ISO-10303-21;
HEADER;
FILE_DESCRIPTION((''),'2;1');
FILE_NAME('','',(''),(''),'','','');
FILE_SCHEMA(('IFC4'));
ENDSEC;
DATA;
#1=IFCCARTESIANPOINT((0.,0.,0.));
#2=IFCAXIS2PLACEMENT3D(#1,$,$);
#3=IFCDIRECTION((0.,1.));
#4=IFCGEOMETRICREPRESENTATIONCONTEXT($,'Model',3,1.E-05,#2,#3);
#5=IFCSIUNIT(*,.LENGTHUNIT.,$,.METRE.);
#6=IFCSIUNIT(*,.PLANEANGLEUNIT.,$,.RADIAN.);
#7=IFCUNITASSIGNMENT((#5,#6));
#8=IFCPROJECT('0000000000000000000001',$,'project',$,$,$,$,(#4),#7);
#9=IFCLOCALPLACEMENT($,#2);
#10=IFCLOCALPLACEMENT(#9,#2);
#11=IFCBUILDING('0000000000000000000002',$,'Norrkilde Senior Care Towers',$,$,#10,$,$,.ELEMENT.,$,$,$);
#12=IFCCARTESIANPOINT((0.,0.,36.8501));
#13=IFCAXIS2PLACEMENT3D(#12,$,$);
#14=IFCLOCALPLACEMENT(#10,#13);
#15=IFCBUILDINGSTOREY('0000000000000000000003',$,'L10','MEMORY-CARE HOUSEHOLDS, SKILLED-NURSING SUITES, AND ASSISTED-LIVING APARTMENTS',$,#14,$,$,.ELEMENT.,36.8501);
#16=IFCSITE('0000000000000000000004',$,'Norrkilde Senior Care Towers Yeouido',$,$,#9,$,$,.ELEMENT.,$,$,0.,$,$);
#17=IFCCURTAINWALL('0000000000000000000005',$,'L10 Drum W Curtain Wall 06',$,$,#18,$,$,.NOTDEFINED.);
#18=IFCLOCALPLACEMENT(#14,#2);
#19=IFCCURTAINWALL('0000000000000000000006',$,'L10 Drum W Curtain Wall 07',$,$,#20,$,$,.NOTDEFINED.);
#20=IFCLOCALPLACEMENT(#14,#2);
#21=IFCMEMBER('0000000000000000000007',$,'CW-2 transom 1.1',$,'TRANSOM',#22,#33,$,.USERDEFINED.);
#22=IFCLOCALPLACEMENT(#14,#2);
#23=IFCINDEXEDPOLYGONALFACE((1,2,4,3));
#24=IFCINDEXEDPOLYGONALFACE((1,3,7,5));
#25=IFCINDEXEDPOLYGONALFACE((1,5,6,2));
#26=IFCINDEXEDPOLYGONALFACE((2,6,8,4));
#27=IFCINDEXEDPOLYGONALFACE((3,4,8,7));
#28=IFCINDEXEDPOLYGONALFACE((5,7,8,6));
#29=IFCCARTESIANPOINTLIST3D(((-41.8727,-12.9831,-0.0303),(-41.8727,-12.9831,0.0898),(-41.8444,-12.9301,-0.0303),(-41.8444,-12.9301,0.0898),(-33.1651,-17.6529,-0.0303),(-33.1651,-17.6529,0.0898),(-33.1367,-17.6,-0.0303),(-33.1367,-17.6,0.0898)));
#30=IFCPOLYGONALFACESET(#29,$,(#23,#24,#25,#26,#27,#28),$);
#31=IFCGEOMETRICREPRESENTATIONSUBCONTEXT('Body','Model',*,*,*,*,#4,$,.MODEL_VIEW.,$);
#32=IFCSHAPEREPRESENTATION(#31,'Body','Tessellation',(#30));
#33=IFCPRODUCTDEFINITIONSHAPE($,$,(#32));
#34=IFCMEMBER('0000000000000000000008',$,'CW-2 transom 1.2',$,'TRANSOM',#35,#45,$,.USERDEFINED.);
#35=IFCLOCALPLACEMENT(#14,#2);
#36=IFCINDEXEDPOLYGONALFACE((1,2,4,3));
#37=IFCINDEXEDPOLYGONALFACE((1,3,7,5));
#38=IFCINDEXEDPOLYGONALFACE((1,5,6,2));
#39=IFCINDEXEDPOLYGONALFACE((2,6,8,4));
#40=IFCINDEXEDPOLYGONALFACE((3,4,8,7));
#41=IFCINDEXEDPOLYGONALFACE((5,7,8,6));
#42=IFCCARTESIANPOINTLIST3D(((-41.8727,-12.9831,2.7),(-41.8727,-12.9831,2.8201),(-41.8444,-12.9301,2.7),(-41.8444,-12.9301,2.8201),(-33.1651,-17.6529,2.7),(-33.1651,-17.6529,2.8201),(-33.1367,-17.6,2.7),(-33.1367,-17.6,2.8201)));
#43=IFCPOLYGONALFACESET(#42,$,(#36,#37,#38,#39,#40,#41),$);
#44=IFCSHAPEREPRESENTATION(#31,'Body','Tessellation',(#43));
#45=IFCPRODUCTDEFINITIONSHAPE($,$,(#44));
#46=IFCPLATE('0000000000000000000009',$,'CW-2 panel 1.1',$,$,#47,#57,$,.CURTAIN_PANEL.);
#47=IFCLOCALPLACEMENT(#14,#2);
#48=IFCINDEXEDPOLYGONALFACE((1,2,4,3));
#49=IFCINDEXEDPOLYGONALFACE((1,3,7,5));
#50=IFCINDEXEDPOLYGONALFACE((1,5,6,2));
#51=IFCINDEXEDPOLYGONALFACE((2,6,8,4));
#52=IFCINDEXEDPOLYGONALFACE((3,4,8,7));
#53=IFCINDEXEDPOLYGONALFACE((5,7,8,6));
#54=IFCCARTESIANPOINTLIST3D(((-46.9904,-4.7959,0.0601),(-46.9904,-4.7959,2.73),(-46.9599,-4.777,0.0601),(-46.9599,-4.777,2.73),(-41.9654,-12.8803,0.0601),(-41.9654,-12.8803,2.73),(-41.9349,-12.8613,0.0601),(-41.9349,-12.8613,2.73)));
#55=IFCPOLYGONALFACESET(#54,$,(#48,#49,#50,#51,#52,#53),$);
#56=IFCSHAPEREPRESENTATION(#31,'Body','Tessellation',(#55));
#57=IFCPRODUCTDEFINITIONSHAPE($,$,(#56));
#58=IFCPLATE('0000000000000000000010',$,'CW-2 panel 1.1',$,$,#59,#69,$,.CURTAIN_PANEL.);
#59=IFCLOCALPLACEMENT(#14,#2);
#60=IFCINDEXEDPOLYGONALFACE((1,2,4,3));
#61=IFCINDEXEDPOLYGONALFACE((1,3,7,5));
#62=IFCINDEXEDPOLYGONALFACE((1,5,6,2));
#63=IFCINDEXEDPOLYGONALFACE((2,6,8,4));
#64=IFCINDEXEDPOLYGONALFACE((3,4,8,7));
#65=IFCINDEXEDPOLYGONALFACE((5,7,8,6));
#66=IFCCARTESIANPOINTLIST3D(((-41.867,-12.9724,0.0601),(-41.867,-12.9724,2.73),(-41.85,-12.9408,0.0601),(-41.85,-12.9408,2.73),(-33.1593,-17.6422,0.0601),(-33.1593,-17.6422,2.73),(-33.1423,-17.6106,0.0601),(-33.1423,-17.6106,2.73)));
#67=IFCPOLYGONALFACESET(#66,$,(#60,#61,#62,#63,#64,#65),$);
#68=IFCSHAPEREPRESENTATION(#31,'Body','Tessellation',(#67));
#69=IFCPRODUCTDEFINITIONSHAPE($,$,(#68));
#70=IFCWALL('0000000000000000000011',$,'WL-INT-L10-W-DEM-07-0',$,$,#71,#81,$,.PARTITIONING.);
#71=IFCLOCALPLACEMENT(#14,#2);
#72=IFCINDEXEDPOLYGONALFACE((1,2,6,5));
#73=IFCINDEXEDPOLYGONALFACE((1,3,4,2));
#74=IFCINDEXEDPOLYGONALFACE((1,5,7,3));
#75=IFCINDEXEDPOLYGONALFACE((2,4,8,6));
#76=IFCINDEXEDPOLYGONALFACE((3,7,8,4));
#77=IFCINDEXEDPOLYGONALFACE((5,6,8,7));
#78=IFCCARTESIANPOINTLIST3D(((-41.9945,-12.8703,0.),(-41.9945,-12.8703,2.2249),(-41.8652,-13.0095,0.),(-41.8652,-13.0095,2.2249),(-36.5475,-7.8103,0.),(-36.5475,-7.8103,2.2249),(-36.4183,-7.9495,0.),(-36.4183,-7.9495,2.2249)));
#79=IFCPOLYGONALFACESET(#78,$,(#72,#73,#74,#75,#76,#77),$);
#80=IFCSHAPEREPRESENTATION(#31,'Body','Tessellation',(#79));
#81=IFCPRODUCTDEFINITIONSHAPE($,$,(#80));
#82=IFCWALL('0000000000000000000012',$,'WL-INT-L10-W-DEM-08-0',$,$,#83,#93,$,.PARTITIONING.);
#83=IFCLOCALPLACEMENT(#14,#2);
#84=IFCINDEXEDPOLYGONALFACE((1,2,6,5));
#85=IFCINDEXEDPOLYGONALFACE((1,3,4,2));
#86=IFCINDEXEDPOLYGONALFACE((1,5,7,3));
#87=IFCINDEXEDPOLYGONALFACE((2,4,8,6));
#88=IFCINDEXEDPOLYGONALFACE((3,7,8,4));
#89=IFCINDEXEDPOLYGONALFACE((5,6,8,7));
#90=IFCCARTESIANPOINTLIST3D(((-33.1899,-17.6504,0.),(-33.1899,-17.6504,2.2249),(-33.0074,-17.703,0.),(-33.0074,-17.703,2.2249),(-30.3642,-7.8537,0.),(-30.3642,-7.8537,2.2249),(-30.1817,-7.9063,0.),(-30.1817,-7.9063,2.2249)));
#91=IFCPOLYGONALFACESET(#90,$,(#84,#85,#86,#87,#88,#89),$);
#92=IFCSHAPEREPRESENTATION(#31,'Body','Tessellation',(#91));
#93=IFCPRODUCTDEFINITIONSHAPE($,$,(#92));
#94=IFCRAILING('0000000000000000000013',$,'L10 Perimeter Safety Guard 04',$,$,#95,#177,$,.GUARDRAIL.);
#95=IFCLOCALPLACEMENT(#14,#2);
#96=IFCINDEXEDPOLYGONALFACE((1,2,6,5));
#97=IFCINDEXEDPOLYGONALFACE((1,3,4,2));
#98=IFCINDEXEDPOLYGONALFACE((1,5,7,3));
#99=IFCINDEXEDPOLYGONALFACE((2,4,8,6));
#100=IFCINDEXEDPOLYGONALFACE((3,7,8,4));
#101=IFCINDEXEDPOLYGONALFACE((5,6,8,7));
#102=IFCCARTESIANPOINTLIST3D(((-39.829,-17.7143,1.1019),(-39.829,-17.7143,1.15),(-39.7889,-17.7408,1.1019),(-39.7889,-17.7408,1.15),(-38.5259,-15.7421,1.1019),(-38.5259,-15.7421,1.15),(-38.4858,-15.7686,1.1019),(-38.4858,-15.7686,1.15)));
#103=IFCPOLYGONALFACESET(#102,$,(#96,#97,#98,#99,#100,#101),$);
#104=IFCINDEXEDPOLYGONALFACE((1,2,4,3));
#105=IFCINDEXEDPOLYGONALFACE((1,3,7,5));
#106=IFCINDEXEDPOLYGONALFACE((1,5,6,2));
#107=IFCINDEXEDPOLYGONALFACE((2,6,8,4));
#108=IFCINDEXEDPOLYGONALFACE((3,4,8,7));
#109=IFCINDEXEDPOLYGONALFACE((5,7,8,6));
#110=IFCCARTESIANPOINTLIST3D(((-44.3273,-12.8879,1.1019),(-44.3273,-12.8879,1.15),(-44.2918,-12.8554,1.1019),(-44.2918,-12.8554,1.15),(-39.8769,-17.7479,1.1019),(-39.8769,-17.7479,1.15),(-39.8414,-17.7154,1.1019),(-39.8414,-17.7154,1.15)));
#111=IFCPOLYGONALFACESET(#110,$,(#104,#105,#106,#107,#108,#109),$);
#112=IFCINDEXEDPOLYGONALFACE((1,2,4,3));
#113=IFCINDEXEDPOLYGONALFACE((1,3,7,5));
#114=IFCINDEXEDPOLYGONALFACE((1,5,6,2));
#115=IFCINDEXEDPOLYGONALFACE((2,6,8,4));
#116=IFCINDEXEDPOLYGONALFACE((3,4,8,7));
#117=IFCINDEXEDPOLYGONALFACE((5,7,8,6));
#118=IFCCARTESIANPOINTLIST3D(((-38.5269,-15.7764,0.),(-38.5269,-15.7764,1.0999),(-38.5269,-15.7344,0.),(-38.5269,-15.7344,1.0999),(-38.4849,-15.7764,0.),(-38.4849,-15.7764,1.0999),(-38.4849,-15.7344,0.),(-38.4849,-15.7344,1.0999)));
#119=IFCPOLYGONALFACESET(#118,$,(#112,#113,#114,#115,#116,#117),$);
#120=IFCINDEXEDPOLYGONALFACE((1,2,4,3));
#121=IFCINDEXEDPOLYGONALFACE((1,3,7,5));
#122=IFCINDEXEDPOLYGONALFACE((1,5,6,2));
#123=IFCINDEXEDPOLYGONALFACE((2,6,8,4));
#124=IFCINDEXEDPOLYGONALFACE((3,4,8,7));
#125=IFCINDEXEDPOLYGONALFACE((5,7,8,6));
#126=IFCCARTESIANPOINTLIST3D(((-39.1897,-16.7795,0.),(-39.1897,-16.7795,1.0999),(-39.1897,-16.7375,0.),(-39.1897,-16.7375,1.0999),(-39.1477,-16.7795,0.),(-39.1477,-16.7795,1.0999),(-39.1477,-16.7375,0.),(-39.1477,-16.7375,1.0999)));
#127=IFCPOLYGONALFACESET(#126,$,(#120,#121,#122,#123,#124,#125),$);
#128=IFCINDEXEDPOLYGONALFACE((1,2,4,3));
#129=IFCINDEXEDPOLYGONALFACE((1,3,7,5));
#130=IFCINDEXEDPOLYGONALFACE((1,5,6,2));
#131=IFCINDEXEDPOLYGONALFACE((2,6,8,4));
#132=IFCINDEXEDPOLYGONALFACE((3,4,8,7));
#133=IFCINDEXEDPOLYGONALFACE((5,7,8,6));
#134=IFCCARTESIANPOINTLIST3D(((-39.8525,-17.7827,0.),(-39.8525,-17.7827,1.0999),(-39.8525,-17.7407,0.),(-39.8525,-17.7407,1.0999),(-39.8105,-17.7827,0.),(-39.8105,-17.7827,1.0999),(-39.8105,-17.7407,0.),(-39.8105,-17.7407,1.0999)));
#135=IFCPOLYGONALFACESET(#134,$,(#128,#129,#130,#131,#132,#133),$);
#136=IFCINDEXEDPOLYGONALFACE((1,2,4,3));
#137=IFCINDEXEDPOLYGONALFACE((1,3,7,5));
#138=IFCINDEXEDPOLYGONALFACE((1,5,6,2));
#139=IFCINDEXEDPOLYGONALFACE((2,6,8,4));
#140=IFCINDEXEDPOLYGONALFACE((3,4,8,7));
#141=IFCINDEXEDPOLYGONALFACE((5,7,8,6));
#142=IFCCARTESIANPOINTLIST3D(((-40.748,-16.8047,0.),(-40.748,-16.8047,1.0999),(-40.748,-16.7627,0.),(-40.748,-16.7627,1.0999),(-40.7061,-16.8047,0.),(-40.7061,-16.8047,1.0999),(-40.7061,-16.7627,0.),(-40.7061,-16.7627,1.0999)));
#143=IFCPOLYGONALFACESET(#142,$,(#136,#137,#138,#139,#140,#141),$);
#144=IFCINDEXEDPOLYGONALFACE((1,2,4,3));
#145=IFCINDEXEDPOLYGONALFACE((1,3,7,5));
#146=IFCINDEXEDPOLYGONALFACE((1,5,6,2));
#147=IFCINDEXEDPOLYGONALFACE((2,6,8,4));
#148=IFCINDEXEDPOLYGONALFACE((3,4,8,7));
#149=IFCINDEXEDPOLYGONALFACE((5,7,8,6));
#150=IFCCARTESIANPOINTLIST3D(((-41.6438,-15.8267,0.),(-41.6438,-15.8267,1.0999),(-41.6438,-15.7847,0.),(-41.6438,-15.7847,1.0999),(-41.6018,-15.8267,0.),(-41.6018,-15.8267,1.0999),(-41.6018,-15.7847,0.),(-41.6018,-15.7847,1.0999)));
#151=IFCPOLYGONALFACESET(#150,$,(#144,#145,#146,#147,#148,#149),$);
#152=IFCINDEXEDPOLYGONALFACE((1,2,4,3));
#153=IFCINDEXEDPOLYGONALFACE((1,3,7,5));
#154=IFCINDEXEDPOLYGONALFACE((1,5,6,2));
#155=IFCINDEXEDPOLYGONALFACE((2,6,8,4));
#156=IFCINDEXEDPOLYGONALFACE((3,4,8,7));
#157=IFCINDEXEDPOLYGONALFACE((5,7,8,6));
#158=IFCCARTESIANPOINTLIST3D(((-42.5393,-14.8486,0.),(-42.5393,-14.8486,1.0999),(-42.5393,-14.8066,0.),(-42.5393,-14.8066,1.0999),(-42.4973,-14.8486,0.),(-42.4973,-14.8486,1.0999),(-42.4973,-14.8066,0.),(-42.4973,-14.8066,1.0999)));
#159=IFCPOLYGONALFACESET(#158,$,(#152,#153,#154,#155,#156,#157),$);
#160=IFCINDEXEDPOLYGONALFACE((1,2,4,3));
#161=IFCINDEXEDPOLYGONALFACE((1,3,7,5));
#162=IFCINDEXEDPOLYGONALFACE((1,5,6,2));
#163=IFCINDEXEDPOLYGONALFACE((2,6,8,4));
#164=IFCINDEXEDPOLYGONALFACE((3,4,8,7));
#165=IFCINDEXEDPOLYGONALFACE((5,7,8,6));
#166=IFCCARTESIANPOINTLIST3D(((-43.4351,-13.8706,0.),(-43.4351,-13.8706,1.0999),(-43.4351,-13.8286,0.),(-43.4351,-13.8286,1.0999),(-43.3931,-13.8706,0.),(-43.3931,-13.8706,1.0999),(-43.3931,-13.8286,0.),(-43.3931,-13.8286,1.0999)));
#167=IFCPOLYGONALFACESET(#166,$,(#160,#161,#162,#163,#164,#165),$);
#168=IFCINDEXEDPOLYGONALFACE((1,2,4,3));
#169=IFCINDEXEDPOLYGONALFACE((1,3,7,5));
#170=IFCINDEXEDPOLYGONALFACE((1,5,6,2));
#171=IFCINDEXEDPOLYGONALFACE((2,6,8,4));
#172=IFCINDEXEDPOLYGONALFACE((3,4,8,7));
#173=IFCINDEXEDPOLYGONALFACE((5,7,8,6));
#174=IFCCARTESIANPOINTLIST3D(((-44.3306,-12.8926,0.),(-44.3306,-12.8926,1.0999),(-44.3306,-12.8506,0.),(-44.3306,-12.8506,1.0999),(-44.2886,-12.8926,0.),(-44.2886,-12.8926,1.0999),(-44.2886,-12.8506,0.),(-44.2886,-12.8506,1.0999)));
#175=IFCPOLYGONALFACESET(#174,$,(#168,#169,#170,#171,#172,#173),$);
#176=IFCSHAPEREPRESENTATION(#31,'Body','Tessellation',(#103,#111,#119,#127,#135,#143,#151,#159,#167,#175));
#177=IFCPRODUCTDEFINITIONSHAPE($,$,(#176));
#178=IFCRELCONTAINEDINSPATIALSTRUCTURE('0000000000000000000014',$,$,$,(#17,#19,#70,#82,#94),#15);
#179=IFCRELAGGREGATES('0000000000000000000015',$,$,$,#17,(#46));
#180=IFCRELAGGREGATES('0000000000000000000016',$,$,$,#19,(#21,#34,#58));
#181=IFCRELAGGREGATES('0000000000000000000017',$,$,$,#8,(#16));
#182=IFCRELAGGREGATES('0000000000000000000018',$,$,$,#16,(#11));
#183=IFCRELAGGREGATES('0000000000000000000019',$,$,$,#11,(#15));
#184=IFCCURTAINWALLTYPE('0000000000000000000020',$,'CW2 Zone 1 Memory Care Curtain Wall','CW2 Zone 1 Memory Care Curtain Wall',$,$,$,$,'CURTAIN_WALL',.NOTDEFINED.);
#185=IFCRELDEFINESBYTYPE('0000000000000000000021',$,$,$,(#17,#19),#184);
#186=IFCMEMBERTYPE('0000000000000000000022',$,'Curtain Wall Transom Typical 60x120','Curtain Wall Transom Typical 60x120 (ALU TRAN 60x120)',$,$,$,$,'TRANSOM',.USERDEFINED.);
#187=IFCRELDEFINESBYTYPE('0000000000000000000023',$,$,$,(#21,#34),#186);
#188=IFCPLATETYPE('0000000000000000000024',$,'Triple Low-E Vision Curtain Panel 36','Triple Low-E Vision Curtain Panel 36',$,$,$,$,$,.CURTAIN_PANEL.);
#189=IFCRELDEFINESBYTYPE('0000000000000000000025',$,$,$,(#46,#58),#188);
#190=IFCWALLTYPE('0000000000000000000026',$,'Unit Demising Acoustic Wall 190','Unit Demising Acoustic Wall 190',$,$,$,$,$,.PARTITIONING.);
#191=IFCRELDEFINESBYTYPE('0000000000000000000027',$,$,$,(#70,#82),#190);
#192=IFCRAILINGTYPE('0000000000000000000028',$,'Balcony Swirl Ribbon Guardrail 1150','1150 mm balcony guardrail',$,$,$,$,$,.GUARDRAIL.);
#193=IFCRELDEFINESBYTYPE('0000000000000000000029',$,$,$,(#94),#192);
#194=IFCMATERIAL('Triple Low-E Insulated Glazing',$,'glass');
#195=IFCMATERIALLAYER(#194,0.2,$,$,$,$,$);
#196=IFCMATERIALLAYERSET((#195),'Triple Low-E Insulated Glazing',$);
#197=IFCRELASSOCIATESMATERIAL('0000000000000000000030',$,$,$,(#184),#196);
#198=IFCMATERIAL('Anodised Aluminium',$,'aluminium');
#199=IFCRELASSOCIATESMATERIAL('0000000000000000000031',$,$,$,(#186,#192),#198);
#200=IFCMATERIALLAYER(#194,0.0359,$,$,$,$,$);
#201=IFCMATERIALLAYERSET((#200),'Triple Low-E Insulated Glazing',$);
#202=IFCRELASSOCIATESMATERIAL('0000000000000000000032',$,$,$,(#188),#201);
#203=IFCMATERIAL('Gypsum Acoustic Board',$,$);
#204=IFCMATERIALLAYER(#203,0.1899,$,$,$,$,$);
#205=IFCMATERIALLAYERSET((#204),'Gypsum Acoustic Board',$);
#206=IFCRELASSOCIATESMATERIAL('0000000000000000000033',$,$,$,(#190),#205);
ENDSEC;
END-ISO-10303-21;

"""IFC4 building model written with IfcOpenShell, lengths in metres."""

from ifc_helpers import new_model, si_unit, direction, frame, frame_2d, origin, origin_2d, place, context, subcontext, project, spatial, rectangle, extrude, source, transform, mapped, material, layer, layer_set, material_profile, profile_set, type_object, type_shapes, element, aggregate, save


model = new_model("IFC4")

# Units and contexts
model_context = context("Model", 3, precision=1e-05, world=origin(), true_north=direction((0.0, 1.0)))
body_context = subcontext(model_context, "Body", "Model", "MODEL_VIEW")
ifc_project = project(units=[si_unit("LENGTHUNIT", "METRE"), si_unit("PLANEANGLEUNIT", "RADIAN")], contexts=[model_context])

# Site, building, storey
site_placement = place(None, origin())
site = spatial("IfcSite", under=ifc_project, at=site_placement, Name="Norrkilde Senior Care Towers Yeouido", CompositionType="ELEMENT", RefElevation=0.0)
building_placement = place(site_placement, origin())
building = spatial("IfcBuilding", under=site, at=building_placement, Name="Norrkilde Senior Care Towers", CompositionType="ELEMENT")
storey_placement = place(building_placement, frame((0.0, 0.0, 36.8501)))
storey = spatial("IfcBuildingStorey", under=building, at=storey_placement, Name="L10", Description="MEMORY-CARE HOUSEHOLDS, SKILLED-NURSING SUITES, AND ASSISTED-LIVING APARTMENTS", CompositionType="ELEMENT", Elevation=36.8501)

# Curtain wall
ifc_material_1 = material(Name="Triple Low-E Insulated Glazing", Category="glass")
ifc_layer_1 = layer(ifc_material_1, 0.2)
ifc_layer_set_1 = layer_set([ifc_layer_1], Name="Triple Low-E Insulated Glazing")
curtain_wall_type = type_object("IfcCurtainWallType", Name="CW2 Zone 1 Memory Care Curtain Wall", Description="CW2 Zone 1 Memory Care Curtain Wall", ElementType="CURTAIN_WALL", PredefinedType="NOTDEFINED", material=ifc_layer_set_1)
curtain_wall_1_placement = place(storey_placement, origin())
curtain_wall_1 = element("IfcCurtainWall", 1, at=curtain_wall_1_placement, inside=storey, type_object=curtain_wall_type, Name="L10 Drum W Curtain Wall 06", PredefinedType="NOTDEFINED")
ifc_material_2 = material(Name="Anodised Aluminium", Category="aluminium")

# Curtain wall
curtain_wall_2_placement = place(storey_placement, origin())
curtain_wall_2 = element("IfcCurtainWall", 2, at=curtain_wall_2_placement, inside=storey, type_object=curtain_wall_type, Name="L10 Drum W Curtain Wall 07", PredefinedType="NOTDEFINED")

# Members
ifc_material_profile_1 = material_profile(ifc_material_2, rectangle(XDim=0.0601, YDim=0.1201, at=origin_2d()), Name="ALU TRAN 60x120")
ifc_profile_set_1 = profile_set([ifc_material_profile_1], Name="Anodised Aluminium")
member_type_1 = type_object("IfcMemberType", Name="Curtain Wall Transom Typical 60x120", Description="Curtain Wall Transom Typical 60x120 (ALU TRAN 60x120)", ElementType="TRANSOM", PredefinedType="USERDEFINED", material=ifc_profile_set_1)
shared_shape_1 = source(origin(), body_context, "Body", "SweptSolid", [
    extrude(rectangle(XDim=0.0601, YDim=0.1201, at=origin_2d()), origin(), (0.0, 0.0, 1.0), 9.8809),
])
member_1_placement = place(storey_placement, frame((-33.1509, -17.6265, 0.0298), z_axis=(-0.881267, 0.472618, 0.0), x_axis=(-0.472618, -0.881267, 0.0)))
member_1 = element("IfcMember", 3, at=member_1_placement, type_object=member_type_1, Name="CW-2 transom 1.1", ObjectType="TRANSOM", PredefinedType="USERDEFINED", context=body_context, shape_type="MappedRepresentation", body=[
    mapped(shared_shape_1, transform((0.0, 0.0, 0.0), x_axis=(1.0, 0.0, 0.0), y_axis=(0.0, 1.0, 0.0), z_axis=(0.0, 0.0, 1.0), scale=1.0)),
])
member_2_placement = place(storey_placement, frame((-33.1509, -17.6265, 2.76), z_axis=(-0.881267, 0.472618, 0.0), x_axis=(-0.472618, -0.881267, 0.0)))
member_2 = element("IfcMember", 4, at=member_2_placement, type_object=member_type_1, Name="CW-2 transom 1.2", ObjectType="TRANSOM", PredefinedType="USERDEFINED", context=body_context, shape_type="MappedRepresentation", body=[
    mapped(shared_shape_1, transform((0.0, 0.0, 0.0), x_axis=(1.0, 0.0, 0.0), y_axis=(0.0, 1.0, 0.0), z_axis=(0.0, 0.0, 1.0), scale=1.0)),
])

# Plates
ifc_layer_2 = layer(ifc_material_1, 0.0359)
ifc_layer_set_2 = layer_set([ifc_layer_2], Name="Triple Low-E Insulated Glazing")
plate_type = type_object("IfcPlateType", Name="Triple Low-E Vision Curtain Panel 36", Description="Triple Low-E Vision Curtain Panel 36", PredefinedType="CURTAIN_PANEL", material=ifc_layer_set_2)
shared_shape_2 = source(origin(), body_context, "Body", "SweptSolid", [
    extrude(rectangle(XDim=9.5188, YDim=0.0359, at=origin_2d()), origin(), (0.0, 0.0, 1.0), 2.6699),
])
plate_1_placement = place(storey_placement, frame((-44.4626, -8.8286, 0.0601), z_axis=(0.0, 0.0, 1.0), x_axis=(-0.527901, 0.849306, 0.0)))
plate_1 = element("IfcPlate", 5, at=plate_1_placement, type_object=plate_type, Name="CW-2 panel 1.1", PredefinedType="CURTAIN_PANEL", context=body_context, shape_type="MappedRepresentation", body=[
    mapped(shared_shape_2, transform((0.0, 0.0, 0.0), x_axis=(1.0, 0.0, 0.0), y_axis=(0.0, 1.0, 0.0), z_axis=(0.0, 0.0, 1.0), scale=1.0)),
])
aggregate(curtain_wall_1, [plate_1])
shared_shape_3 = source(origin(), body_context, "Body", "SweptSolid", [
    extrude(rectangle(XDim=9.8809, YDim=0.0359, at=origin_2d()), origin(), (0.0, 0.0, 1.0), 2.6699),
])
type_shapes(plate_type, [shared_shape_2, shared_shape_3])
plate_2_placement = place(storey_placement, frame((-37.5046, -15.2915, 0.0601), z_axis=(0.0, 0.0, 1.0), x_axis=(-0.881273, 0.472608, 0.0)))
plate_2 = element("IfcPlate", 6, at=plate_2_placement, type_object=plate_type, Name="CW-2 panel 1.1", PredefinedType="CURTAIN_PANEL", context=body_context, shape_type="MappedRepresentation", body=[
    mapped(shared_shape_3, transform((0.0, 0.0, 0.0), x_axis=(1.0, 0.0, 0.0), y_axis=(0.0, 1.0, 0.0), z_axis=(0.0, 0.0, 1.0), scale=1.0)),
])
aggregate(curtain_wall_2, [member_1, member_2, plate_2])

# Shared definitions
ifc_material_3 = material(Name="Gypsum Acoustic Board")

# Walls
ifc_layer_3 = layer(ifc_material_3, 0.1899)
ifc_layer_set_3 = layer_set([ifc_layer_3], Name="Gypsum Acoustic Board")
wall_type_1 = type_object("IfcWallType", Name="Unit Demising Acoustic Wall 190", Description="Unit Demising Acoustic Wall 190", PredefinedType="PARTITIONING", material=ifc_layer_set_3)
shared_shape_4 = source(origin(), body_context, "Body", "SweptSolid", [
    extrude(rectangle(XDim=7.4346, YDim=0.1899, at=frame_2d((3.7173, 0.0))), origin(), (0.0, 0.0, 1.0), 2.2249),
])
wall_1_placement = place(storey_placement, frame((-36.4829, -7.8799, 0.0), z_axis=(0.0, 0.0, 1.0), x_axis=(-0.732652, -0.680603, 0.0)))
element("IfcWall", 7, at=wall_1_placement, inside=storey, type_object=wall_type_1, Name="WL-INT-L10-W-DEM-07-0", PredefinedType="PARTITIONING", context=body_context, shape_type="MappedRepresentation", body=[
    mapped(shared_shape_4, transform((0.0, 0.0, 0.0), x_axis=(1.0, 0.0, 0.0), y_axis=(0.0, 1.0, 0.0), z_axis=(0.0, 0.0, 1.0), scale=1.0)),
])
shared_shape_5 = source(origin(), body_context, "Body", "SweptSolid", [
    extrude(rectangle(XDim=10.196, YDim=0.1899, at=frame_2d((5.0981, 0.0))), origin(), (0.0, 0.0, 1.0), 2.2249),
])
type_shapes(wall_type_1, [shared_shape_4, shared_shape_5])
wall_2_placement = place(storey_placement, frame((-30.2729, -7.8799, 0.0), z_axis=(0.0, 0.0, 1.0), x_axis=(-0.277136, -0.960831, 0.0)))
element("IfcWall", 8, at=wall_2_placement, inside=storey, type_object=wall_type_1, Name="WL-INT-L10-W-DEM-08-0", PredefinedType="PARTITIONING", context=body_context, shape_type="MappedRepresentation", body=[
    mapped(shared_shape_5, transform((0.0, 0.0, 0.0), x_axis=(1.0, 0.0, 0.0), y_axis=(0.0, 1.0, 0.0), z_axis=(0.0, 0.0, 1.0), scale=1.0)),
])

# Railing
railing_type = type_object("IfcRailingType", Name="Balcony Swirl Ribbon Guardrail 1150", Description="1150 mm balcony guardrail", PredefinedType="GUARDRAIL", material=ifc_material_2)
railing_1_placement = place(storey_placement, frame((-38.5059, -15.7554, 0.0)))
element("IfcRailing", 9, at=railing_1_placement, inside=storey, type_object=railing_type, Name="L10 Perimeter Safety Guard 04", PredefinedType="GUARDRAIL", context=body_context, shape_type="SweptSolid", body=[
    extrude(rectangle(XDim=0.0481, YDim=0.0481, at=origin_2d()), frame((0.0, 0.0, 1.126), z_axis=(-0.551275, -0.834324, 0.0), x_axis=(0.834324, -0.551275, 0.0)), (0.0, 0.0, 1.0), 2.3638),
    extrude(rectangle(XDim=0.0481, YDim=0.0481, at=origin_2d()), frame((-1.3533, -1.9763, 1.126), z_axis=(-0.675348, 0.737499, 0.0), x_axis=(-0.737499, -0.675348, 0.0)), (0.0, 0.0, 1.0), 6.5898),
    extrude(rectangle(XDim=0.042, YDim=0.042, at=origin_2d()), origin(), (0.0, 0.0, 1.0), 1.0999),
    extrude(rectangle(XDim=0.042, YDim=0.042, at=origin_2d()), frame((-0.6628, -1.0032, 0.0)), (0.0, 0.0, 1.0), 1.0999),
    extrude(rectangle(XDim=0.042, YDim=0.042, at=origin_2d()), frame((-1.3257, -2.0063, 0.0)), (0.0, 0.0, 1.0), 1.0999),
    extrude(rectangle(XDim=0.042, YDim=0.042, at=origin_2d()), frame((-2.2212, -1.0283, 0.0)), (0.0, 0.0, 1.0), 1.0999),
    extrude(rectangle(XDim=0.042, YDim=0.042, at=origin_2d()), frame((-3.1169, -0.0503, 0.0)), (0.0, 0.0, 1.0), 1.0999),
    extrude(rectangle(XDim=0.042, YDim=0.042, at=origin_2d()), frame((-4.0125, 0.9277, 0.0)), (0.0, 0.0, 1.0), 1.0999),
    extrude(rectangle(XDim=0.042, YDim=0.042, at=origin_2d()), frame((-4.9082, 1.9058, 0.0)), (0.0, 0.0, 1.0), 1.0999),
    extrude(rectangle(XDim=0.042, YDim=0.042, at=origin_2d()), frame((-5.8037, 2.8838, 0.0)), (0.0, 0.0, 1.0), 1.0999),
])

save(model, "model.ifc")
